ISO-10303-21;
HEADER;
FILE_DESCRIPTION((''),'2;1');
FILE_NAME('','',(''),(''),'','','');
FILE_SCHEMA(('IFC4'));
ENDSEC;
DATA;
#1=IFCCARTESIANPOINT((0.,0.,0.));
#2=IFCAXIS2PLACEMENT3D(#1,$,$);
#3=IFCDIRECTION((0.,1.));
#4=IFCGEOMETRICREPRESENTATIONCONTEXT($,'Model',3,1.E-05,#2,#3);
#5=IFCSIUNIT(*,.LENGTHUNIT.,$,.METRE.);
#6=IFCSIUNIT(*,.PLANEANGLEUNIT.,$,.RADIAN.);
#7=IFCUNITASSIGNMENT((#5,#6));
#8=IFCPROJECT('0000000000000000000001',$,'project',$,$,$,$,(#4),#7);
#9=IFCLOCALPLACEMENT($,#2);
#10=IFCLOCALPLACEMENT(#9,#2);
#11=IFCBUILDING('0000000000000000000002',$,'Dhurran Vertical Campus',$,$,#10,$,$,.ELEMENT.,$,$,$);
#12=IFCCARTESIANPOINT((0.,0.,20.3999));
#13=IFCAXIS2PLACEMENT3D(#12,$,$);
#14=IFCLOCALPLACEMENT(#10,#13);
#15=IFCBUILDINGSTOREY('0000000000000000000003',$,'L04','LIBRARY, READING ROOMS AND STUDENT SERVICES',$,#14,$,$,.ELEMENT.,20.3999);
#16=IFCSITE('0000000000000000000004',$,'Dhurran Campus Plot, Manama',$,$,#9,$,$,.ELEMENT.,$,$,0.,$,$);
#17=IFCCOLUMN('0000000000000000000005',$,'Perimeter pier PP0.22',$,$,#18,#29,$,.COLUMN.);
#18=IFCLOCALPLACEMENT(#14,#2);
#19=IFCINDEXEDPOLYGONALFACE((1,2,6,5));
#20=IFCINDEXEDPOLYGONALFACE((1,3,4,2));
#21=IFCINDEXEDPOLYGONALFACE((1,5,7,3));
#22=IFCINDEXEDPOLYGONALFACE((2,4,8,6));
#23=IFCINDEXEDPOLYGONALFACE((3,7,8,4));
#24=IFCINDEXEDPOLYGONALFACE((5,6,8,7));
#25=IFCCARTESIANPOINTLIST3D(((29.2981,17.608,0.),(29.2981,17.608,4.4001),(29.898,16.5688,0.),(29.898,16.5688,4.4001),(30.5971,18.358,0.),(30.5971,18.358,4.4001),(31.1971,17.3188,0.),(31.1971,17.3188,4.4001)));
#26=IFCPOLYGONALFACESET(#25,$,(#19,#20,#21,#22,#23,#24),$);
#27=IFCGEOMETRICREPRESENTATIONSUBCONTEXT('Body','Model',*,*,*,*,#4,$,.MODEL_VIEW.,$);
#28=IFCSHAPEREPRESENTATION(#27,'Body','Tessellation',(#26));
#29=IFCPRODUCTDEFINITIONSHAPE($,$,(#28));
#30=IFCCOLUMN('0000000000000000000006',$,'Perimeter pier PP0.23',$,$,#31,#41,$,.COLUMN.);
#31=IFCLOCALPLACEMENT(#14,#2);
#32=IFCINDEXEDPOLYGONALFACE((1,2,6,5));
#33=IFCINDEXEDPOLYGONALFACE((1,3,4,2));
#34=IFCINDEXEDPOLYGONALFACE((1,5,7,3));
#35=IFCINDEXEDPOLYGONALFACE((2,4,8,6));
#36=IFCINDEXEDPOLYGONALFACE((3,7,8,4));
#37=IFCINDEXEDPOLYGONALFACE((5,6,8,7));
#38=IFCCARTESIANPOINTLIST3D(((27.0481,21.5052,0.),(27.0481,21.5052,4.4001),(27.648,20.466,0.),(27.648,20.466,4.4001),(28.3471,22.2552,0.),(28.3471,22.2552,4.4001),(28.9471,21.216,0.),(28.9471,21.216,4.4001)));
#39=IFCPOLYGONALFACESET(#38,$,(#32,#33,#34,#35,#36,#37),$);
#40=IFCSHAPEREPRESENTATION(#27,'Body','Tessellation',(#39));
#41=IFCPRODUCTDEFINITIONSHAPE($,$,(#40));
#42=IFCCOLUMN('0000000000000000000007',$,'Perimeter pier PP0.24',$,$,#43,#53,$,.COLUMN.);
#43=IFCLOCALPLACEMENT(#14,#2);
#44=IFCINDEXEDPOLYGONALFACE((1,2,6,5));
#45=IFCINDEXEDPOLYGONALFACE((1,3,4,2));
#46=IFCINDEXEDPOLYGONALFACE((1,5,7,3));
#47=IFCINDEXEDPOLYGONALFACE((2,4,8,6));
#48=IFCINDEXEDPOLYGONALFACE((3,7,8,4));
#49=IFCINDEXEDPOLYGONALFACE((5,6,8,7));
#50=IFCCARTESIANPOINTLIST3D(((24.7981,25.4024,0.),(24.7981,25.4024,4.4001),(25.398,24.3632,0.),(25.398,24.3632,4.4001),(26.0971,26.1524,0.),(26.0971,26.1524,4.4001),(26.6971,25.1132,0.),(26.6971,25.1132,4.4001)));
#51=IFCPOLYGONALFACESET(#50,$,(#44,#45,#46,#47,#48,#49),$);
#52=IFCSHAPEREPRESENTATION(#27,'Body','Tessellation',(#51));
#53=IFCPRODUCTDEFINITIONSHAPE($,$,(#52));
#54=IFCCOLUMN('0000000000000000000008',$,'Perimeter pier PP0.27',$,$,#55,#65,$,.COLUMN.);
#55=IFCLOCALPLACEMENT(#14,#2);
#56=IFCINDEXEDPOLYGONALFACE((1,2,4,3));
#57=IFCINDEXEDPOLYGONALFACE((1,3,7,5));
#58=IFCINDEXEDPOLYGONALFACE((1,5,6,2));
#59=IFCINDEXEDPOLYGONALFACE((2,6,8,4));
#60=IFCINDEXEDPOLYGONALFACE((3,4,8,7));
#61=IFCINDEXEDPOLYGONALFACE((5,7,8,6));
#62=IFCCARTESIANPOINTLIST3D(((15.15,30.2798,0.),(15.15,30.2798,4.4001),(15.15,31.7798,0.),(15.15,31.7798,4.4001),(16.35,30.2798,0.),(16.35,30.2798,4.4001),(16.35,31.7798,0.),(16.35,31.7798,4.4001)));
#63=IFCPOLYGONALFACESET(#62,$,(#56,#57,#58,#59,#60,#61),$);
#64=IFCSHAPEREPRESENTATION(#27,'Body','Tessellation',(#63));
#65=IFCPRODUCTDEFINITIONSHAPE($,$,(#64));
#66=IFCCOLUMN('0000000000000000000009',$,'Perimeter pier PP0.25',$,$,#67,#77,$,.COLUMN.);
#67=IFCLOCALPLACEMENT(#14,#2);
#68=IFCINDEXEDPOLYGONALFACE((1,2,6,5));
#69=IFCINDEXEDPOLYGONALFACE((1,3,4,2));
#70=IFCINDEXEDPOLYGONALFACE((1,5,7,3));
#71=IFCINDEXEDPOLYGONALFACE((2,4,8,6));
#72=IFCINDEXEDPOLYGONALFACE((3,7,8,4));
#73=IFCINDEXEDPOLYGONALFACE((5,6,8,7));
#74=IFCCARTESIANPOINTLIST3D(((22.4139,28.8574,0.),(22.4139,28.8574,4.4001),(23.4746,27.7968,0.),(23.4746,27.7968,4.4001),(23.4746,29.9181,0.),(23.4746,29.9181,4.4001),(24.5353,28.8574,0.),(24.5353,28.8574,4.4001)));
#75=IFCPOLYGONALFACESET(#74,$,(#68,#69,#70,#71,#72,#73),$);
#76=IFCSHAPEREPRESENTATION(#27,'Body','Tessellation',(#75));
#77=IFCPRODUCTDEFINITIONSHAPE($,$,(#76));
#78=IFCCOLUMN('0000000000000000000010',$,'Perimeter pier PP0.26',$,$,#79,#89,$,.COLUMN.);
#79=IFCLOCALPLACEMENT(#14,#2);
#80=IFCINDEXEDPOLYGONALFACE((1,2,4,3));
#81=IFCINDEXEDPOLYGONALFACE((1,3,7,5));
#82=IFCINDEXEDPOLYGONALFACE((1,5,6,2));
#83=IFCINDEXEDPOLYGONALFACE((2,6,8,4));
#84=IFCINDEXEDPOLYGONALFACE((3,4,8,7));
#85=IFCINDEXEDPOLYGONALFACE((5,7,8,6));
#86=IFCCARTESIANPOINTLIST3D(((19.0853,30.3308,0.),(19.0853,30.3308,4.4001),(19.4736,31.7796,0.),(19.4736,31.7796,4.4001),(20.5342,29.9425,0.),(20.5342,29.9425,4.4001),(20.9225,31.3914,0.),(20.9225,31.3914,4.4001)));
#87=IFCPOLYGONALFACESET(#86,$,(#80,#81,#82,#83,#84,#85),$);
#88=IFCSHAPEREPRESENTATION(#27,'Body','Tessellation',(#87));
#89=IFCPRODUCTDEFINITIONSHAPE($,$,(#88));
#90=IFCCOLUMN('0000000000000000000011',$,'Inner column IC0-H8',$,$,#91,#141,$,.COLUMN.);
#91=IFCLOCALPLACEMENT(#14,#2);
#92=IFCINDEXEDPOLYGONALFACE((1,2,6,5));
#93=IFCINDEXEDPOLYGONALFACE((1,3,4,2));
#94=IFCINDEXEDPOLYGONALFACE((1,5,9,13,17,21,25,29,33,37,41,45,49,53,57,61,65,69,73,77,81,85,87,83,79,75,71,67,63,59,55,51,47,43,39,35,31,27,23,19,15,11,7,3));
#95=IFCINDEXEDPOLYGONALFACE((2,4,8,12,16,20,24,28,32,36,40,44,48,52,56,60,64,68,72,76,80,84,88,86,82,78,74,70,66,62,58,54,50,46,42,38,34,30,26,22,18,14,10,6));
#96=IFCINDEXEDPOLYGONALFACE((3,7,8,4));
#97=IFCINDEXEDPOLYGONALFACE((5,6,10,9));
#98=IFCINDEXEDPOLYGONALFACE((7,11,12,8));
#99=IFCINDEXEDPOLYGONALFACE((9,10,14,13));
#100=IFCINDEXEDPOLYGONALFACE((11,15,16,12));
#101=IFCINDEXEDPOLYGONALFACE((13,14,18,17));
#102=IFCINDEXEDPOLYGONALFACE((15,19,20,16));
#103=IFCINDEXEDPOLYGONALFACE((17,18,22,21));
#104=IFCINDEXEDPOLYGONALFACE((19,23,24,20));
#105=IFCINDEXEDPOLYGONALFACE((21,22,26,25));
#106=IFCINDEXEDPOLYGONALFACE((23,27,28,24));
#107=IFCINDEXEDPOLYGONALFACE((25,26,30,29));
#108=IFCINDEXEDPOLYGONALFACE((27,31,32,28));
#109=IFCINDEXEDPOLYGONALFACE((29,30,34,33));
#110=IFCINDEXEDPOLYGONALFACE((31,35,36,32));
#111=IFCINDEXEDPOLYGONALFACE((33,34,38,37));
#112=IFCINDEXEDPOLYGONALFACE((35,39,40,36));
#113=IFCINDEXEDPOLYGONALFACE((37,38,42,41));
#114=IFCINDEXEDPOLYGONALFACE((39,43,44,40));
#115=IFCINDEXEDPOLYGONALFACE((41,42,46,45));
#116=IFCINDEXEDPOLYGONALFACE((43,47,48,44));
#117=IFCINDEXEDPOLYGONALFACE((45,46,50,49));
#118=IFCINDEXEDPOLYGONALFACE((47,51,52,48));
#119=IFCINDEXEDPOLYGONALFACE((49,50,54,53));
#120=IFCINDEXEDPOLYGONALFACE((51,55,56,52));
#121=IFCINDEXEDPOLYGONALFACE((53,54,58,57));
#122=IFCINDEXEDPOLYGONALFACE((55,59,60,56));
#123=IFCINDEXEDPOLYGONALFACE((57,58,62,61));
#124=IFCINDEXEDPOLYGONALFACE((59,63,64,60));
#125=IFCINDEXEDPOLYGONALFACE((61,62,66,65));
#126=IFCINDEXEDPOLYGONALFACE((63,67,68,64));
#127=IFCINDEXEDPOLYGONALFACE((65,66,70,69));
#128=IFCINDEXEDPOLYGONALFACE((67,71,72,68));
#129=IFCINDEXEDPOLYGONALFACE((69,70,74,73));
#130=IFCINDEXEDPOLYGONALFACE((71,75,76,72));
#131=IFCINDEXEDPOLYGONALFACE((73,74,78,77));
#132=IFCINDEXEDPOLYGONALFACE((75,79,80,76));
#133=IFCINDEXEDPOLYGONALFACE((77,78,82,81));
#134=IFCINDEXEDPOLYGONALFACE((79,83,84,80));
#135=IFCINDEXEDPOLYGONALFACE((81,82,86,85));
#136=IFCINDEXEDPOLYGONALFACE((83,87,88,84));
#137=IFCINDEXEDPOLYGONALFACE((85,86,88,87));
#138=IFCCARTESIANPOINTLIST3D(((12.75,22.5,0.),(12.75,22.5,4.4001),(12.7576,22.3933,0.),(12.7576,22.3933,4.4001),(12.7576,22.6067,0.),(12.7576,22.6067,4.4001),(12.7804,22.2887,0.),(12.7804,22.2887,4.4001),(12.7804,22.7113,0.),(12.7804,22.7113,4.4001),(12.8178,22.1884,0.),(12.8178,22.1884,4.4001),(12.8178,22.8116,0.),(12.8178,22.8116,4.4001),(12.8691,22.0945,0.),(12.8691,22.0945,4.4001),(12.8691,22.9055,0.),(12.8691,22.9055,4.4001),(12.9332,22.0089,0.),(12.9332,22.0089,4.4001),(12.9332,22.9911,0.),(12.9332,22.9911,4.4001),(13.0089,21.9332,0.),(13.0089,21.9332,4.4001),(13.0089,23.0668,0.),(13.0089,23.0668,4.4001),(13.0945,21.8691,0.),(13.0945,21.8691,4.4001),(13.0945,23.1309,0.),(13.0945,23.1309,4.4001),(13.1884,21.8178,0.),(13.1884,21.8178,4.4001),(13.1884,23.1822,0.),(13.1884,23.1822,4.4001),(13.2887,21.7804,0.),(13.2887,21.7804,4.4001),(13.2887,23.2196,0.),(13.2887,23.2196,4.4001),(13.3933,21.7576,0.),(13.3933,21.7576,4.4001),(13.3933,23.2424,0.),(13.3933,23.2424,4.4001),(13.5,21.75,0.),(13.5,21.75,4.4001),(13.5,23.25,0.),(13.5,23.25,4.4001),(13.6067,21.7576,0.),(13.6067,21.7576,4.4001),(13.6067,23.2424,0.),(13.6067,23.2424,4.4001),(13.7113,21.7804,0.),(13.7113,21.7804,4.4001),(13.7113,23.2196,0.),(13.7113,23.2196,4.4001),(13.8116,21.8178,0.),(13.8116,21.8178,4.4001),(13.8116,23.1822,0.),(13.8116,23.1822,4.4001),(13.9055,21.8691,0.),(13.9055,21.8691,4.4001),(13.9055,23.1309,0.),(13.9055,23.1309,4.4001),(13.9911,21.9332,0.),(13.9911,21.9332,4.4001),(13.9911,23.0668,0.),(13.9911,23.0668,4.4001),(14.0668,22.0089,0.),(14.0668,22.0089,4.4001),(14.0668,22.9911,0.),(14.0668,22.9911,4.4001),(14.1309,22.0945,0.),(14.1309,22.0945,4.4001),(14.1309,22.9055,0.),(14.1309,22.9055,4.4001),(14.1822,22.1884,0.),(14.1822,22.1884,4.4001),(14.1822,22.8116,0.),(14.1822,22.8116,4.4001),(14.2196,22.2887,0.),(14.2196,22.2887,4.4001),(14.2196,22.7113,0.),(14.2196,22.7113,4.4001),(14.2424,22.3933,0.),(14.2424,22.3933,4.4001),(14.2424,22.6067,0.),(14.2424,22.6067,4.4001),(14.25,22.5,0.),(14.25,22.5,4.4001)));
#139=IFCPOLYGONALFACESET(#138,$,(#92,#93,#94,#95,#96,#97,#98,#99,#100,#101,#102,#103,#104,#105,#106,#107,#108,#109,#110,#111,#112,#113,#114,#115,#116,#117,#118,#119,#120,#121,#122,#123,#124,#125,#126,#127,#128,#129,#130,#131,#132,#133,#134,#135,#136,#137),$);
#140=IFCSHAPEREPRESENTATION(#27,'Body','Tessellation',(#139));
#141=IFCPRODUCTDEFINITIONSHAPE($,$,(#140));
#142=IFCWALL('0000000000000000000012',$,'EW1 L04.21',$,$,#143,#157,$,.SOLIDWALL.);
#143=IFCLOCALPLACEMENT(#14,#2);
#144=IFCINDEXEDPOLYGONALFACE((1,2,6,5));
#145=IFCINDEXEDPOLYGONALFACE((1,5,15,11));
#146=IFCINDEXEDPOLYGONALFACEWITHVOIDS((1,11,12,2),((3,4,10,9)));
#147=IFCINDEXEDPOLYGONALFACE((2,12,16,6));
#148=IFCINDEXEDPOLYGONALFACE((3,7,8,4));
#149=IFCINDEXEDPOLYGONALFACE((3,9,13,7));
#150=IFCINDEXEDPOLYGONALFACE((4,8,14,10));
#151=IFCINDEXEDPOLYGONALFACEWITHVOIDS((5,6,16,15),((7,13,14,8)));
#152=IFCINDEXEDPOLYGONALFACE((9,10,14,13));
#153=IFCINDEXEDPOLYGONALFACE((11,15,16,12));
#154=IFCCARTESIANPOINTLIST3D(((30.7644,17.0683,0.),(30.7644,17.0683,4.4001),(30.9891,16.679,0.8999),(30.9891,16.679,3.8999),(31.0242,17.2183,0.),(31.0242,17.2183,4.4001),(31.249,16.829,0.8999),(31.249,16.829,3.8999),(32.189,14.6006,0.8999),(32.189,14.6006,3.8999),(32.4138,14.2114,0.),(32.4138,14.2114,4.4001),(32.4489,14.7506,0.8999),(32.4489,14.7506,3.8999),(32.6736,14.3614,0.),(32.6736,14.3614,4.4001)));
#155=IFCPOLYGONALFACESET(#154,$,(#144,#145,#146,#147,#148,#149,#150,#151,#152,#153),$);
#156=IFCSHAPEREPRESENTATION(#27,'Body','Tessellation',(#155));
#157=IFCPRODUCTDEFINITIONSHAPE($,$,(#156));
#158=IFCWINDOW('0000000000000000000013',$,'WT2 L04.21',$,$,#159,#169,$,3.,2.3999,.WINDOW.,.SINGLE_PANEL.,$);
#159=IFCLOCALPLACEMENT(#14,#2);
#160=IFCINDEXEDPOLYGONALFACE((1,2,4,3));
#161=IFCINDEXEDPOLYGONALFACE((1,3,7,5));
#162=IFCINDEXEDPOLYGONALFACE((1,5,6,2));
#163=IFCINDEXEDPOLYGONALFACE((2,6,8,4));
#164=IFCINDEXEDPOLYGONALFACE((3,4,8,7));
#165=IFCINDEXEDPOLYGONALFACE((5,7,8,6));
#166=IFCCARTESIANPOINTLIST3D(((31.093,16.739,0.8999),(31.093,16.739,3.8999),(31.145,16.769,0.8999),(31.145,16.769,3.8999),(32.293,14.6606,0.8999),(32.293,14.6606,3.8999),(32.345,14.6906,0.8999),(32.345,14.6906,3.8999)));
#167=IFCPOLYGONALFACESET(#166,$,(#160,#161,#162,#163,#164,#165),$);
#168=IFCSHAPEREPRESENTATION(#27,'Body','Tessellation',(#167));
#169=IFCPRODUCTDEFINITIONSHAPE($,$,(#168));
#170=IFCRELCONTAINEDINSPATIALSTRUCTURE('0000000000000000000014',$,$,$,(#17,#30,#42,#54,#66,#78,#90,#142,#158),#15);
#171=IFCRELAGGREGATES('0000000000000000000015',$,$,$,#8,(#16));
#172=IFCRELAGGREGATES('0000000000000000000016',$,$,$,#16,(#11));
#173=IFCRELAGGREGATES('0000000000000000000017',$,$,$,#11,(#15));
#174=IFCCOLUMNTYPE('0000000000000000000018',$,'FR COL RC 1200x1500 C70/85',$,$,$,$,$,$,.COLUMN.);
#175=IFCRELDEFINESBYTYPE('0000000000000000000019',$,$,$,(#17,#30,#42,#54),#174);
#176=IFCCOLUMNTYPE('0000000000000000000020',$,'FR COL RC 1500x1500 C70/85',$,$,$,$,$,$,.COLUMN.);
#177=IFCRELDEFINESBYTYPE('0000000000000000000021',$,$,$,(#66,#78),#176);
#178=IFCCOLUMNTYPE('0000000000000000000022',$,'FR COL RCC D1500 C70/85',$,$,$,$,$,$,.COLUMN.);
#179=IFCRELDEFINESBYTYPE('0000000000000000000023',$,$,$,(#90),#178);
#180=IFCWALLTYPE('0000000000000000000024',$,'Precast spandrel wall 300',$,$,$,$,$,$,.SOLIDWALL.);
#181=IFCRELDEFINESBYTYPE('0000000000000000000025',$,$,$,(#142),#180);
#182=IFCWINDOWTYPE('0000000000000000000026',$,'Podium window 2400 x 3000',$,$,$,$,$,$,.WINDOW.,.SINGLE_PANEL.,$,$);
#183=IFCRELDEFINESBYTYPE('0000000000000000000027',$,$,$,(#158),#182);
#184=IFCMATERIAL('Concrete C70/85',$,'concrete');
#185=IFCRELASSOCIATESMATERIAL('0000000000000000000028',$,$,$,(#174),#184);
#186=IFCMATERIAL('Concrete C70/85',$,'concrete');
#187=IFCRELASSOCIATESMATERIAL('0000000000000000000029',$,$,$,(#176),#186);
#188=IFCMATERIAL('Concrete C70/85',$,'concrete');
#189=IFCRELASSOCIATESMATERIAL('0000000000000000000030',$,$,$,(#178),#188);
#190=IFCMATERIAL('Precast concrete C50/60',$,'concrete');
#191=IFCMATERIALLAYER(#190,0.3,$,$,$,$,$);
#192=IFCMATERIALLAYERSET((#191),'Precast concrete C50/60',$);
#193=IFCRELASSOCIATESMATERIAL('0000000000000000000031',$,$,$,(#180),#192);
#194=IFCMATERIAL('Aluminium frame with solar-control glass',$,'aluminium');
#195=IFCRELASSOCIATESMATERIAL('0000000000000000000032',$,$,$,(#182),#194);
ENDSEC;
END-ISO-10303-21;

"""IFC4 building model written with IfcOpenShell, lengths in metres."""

from ifc_helpers import new_model, si_unit, direction, frame, frame_2d, origin, origin_2d, place, context, subcontext, project, spatial, rectangle, circle, extrude, material, layer, layer_set, material_profile, profile_set, type_object, element, fill, save


model = new_model("IFC4")

# Units and contexts
model_context = context("Model", 3, precision=1e-05, world=origin(), true_north=direction((0.0, 1.0)))
body_context = subcontext(model_context, "Body", "Model", "MODEL_VIEW")
ifc_project = project(units=[si_unit("LENGTHUNIT", "METRE"), si_unit("PLANEANGLEUNIT", "RADIAN")], contexts=[model_context])

# Site, building, storey
site_placement = place(None, origin())
site = spatial("IfcSite", under=ifc_project, at=site_placement, Name="Dhurran Campus Plot, Manama", CompositionType="ELEMENT", RefElevation=0.0)
building_placement = place(site_placement, origin())
building = spatial("IfcBuilding", under=site, at=building_placement, Name="Dhurran Vertical Campus", CompositionType="ELEMENT")
storey_placement = place(building_placement, frame((0.0, 0.0, 20.3999)))
storey = spatial("IfcBuildingStorey", under=building, at=storey_placement, Name="L04", Description="LIBRARY, READING ROOMS AND STUDENT SERVICES", CompositionType="ELEMENT", Elevation=20.3999)

# Columns
ifc_material_1 = material(Name="Concrete C70/85", Category="concrete")
ifc_material_profile_1 = material_profile(ifc_material_1, rectangle(XDim=1.2, YDim=1.5, at=origin_2d()), Name="RC 1200x1500")
ifc_profile_set_1 = profile_set([ifc_material_profile_1], Name="Concrete C70/85")
column_type_1 = type_object("IfcColumnType", Name="FR COL RC 1200x1500 C70/85", PredefinedType="COLUMN", material=ifc_profile_set_1)
for number, where, z_axis, x_axis, name in (
    (1, (30.2476, 17.4634, 0.0), (0.0, 0.0, 1.0), (-0.5, 0.866025, 0.0), "Perimeter pier PP0.22"),
    (2, (27.9976, 21.3606, 0.0), (0.0, 0.0, 1.0), (-0.5, 0.866025, 0.0), "Perimeter pier PP0.23"),
    (3, (25.7476, 25.2578, 0.0), (0.0, 0.0, 1.0), (-0.5, 0.866025, 0.0), "Perimeter pier PP0.24"),
    (4, (15.75, 31.0298, 0.0), (0.0, 0.0, 1.0), (-1.0, 0.0, 0.0), "Perimeter pier PP0.27"),
):
    element("IfcColumn", number, at=place(storey_placement, frame(where, z_axis=z_axis, x_axis=x_axis)), inside=storey, type_object=column_type_1, Name=name, PredefinedType="COLUMN", context=body_context, shape_type="SweptSolid", body=[
        extrude(rectangle(XDim=1.2, YDim=1.5, at=origin_2d()), origin(), (0.0, 0.0, 1.0), 4.4001),
    ])
ifc_material_2 = material(Name="Concrete C70/85", Category="concrete")
ifc_material_profile_2 = material_profile(ifc_material_2, rectangle(XDim=1.5, YDim=1.5, at=origin_2d()), Name="RC 1500x1500")
ifc_profile_set_2 = profile_set([ifc_material_profile_2], Name="Concrete C70/85")
column_type_2 = type_object("IfcColumnType", Name="FR COL RC 1500x1500 C70/85", PredefinedType="COLUMN", material=ifc_profile_set_2)
for number, where, z_axis, x_axis, name in (
    (5, (23.4746, 28.8574, 0.0), (0.0, 0.0, 1.0), (-0.707107, 0.707107, 0.0), "Perimeter pier PP0.25"),
    (6, (20.0039, 30.8611, 0.0), (0.0, 0.0, 1.0), (-0.965926, 0.258819, 0.0), "Perimeter pier PP0.26"),
):
    element("IfcColumn", number, at=place(storey_placement, frame(where, z_axis=z_axis, x_axis=x_axis)), inside=storey, type_object=column_type_2, Name=name, PredefinedType="COLUMN", context=body_context, shape_type="SweptSolid", body=[
        extrude(rectangle(XDim=1.5, YDim=1.5, at=origin_2d()), origin(), (0.0, 0.0, 1.0), 4.4001),
    ])
ifc_material_3 = material(Name="Concrete C70/85", Category="concrete")
ifc_material_profile_3 = material_profile(ifc_material_3, circle(Radius=0.75, at=origin_2d()), Name="RCC D1500")
ifc_profile_set_3 = profile_set([ifc_material_profile_3], Name="Concrete C70/85")
column_type_3 = type_object("IfcColumnType", Name="FR COL RCC D1500 C70/85", PredefinedType="COLUMN", material=ifc_profile_set_3)
column_placement = place(storey_placement, frame((13.5, 22.5, 0.0), z_axis=(0.0, 0.0, 1.0), x_axis=(1.0, 0.0, 0.0)))
element("IfcColumn", 7, at=column_placement, inside=storey, type_object=column_type_3, Name="Inner column IC0-H8", PredefinedType="COLUMN", context=body_context, shape_type="SweptSolid", body=[
    extrude(circle(Radius=0.75, at=origin_2d()), origin(), (0.0, 0.0, 1.0), 4.4001),
])

# Wall, opening, window
ifc_material_4 = material(Name="Precast concrete C50/60", Category="concrete")
ifc_layer_1 = layer(ifc_material_4, 0.3)
ifc_layer_set_1 = layer_set([ifc_layer_1], Name="Precast concrete C50/60")
wall_type_1 = type_object("IfcWallType", Name="Precast spandrel wall 300", PredefinedType="SOLIDWALL", material=ifc_layer_set_1)
wall_1_placement = place(storey_placement, frame((32.5437, 14.2864, 0.0), z_axis=(0.0, 0.0, 1.0), x_axis=(-0.499992, 0.86603, 0.0)))
wall_1 = element("IfcWall", 8, at=wall_1_placement, inside=storey, type_object=wall_type_1, Name="EW1 L04.21", PredefinedType="SOLIDWALL", context=body_context, shape_type="SweptSolid", body=[
    extrude(rectangle(XDim=3.2988, YDim=0.3, at=frame_2d((1.6494, 0.0))), origin(), (0.0, 0.0, 1.0), 4.4001),
])
opening_1_placement = place(wall_1_placement, frame((0.4495, 0.0, 0.8999)))
opening_1 = element("IfcOpeningElement", 9, at=opening_1_placement, cuts=wall_1, PredefinedType="OPENING", context=body_context, shape_type="SweptSolid", body=[
    extrude(rectangle(XDim=2.3999, YDim=3.0, at=frame_2d((1.2, 1.5))), frame((0.0, 0.1599, 0.0), z_axis=(0.0, -1.0, 0.0), x_axis=(1.0, 0.0, 0.0)), (0.0, 0.0, 1.0), 0.3201),
])
ifc_material_5 = material(Name="Aluminium frame with solar-control glass", Category="aluminium")
window_type = type_object("IfcWindowType", Name="Podium window 2400 x 3000", PartitioningType="SINGLE_PANEL", PredefinedType="WINDOW", material=ifc_material_5)
window_1_placement = place(opening_1_placement, origin())
window_1 = element("IfcWindow", 10, at=window_1_placement, inside=storey, type_object=window_type, Name="WT2 L04.21", OverallHeight=3.0, OverallWidth=2.3999, PartitioningType="SINGLE_PANEL", PredefinedType="WINDOW", context=body_context, shape_type="SweptSolid", body=[
    extrude(rectangle(XDim=2.3999, YDim=3.0, at=frame_2d((1.2, 1.5))), frame((0.0, 0.03, 0.0), z_axis=(0.0, -1.0, 0.0), x_axis=(1.0, 0.0, 0.0)), (0.0, 0.0, 1.0), 0.0601),
])
fill(opening_1, window_1)

save(model, "model.ifc")
